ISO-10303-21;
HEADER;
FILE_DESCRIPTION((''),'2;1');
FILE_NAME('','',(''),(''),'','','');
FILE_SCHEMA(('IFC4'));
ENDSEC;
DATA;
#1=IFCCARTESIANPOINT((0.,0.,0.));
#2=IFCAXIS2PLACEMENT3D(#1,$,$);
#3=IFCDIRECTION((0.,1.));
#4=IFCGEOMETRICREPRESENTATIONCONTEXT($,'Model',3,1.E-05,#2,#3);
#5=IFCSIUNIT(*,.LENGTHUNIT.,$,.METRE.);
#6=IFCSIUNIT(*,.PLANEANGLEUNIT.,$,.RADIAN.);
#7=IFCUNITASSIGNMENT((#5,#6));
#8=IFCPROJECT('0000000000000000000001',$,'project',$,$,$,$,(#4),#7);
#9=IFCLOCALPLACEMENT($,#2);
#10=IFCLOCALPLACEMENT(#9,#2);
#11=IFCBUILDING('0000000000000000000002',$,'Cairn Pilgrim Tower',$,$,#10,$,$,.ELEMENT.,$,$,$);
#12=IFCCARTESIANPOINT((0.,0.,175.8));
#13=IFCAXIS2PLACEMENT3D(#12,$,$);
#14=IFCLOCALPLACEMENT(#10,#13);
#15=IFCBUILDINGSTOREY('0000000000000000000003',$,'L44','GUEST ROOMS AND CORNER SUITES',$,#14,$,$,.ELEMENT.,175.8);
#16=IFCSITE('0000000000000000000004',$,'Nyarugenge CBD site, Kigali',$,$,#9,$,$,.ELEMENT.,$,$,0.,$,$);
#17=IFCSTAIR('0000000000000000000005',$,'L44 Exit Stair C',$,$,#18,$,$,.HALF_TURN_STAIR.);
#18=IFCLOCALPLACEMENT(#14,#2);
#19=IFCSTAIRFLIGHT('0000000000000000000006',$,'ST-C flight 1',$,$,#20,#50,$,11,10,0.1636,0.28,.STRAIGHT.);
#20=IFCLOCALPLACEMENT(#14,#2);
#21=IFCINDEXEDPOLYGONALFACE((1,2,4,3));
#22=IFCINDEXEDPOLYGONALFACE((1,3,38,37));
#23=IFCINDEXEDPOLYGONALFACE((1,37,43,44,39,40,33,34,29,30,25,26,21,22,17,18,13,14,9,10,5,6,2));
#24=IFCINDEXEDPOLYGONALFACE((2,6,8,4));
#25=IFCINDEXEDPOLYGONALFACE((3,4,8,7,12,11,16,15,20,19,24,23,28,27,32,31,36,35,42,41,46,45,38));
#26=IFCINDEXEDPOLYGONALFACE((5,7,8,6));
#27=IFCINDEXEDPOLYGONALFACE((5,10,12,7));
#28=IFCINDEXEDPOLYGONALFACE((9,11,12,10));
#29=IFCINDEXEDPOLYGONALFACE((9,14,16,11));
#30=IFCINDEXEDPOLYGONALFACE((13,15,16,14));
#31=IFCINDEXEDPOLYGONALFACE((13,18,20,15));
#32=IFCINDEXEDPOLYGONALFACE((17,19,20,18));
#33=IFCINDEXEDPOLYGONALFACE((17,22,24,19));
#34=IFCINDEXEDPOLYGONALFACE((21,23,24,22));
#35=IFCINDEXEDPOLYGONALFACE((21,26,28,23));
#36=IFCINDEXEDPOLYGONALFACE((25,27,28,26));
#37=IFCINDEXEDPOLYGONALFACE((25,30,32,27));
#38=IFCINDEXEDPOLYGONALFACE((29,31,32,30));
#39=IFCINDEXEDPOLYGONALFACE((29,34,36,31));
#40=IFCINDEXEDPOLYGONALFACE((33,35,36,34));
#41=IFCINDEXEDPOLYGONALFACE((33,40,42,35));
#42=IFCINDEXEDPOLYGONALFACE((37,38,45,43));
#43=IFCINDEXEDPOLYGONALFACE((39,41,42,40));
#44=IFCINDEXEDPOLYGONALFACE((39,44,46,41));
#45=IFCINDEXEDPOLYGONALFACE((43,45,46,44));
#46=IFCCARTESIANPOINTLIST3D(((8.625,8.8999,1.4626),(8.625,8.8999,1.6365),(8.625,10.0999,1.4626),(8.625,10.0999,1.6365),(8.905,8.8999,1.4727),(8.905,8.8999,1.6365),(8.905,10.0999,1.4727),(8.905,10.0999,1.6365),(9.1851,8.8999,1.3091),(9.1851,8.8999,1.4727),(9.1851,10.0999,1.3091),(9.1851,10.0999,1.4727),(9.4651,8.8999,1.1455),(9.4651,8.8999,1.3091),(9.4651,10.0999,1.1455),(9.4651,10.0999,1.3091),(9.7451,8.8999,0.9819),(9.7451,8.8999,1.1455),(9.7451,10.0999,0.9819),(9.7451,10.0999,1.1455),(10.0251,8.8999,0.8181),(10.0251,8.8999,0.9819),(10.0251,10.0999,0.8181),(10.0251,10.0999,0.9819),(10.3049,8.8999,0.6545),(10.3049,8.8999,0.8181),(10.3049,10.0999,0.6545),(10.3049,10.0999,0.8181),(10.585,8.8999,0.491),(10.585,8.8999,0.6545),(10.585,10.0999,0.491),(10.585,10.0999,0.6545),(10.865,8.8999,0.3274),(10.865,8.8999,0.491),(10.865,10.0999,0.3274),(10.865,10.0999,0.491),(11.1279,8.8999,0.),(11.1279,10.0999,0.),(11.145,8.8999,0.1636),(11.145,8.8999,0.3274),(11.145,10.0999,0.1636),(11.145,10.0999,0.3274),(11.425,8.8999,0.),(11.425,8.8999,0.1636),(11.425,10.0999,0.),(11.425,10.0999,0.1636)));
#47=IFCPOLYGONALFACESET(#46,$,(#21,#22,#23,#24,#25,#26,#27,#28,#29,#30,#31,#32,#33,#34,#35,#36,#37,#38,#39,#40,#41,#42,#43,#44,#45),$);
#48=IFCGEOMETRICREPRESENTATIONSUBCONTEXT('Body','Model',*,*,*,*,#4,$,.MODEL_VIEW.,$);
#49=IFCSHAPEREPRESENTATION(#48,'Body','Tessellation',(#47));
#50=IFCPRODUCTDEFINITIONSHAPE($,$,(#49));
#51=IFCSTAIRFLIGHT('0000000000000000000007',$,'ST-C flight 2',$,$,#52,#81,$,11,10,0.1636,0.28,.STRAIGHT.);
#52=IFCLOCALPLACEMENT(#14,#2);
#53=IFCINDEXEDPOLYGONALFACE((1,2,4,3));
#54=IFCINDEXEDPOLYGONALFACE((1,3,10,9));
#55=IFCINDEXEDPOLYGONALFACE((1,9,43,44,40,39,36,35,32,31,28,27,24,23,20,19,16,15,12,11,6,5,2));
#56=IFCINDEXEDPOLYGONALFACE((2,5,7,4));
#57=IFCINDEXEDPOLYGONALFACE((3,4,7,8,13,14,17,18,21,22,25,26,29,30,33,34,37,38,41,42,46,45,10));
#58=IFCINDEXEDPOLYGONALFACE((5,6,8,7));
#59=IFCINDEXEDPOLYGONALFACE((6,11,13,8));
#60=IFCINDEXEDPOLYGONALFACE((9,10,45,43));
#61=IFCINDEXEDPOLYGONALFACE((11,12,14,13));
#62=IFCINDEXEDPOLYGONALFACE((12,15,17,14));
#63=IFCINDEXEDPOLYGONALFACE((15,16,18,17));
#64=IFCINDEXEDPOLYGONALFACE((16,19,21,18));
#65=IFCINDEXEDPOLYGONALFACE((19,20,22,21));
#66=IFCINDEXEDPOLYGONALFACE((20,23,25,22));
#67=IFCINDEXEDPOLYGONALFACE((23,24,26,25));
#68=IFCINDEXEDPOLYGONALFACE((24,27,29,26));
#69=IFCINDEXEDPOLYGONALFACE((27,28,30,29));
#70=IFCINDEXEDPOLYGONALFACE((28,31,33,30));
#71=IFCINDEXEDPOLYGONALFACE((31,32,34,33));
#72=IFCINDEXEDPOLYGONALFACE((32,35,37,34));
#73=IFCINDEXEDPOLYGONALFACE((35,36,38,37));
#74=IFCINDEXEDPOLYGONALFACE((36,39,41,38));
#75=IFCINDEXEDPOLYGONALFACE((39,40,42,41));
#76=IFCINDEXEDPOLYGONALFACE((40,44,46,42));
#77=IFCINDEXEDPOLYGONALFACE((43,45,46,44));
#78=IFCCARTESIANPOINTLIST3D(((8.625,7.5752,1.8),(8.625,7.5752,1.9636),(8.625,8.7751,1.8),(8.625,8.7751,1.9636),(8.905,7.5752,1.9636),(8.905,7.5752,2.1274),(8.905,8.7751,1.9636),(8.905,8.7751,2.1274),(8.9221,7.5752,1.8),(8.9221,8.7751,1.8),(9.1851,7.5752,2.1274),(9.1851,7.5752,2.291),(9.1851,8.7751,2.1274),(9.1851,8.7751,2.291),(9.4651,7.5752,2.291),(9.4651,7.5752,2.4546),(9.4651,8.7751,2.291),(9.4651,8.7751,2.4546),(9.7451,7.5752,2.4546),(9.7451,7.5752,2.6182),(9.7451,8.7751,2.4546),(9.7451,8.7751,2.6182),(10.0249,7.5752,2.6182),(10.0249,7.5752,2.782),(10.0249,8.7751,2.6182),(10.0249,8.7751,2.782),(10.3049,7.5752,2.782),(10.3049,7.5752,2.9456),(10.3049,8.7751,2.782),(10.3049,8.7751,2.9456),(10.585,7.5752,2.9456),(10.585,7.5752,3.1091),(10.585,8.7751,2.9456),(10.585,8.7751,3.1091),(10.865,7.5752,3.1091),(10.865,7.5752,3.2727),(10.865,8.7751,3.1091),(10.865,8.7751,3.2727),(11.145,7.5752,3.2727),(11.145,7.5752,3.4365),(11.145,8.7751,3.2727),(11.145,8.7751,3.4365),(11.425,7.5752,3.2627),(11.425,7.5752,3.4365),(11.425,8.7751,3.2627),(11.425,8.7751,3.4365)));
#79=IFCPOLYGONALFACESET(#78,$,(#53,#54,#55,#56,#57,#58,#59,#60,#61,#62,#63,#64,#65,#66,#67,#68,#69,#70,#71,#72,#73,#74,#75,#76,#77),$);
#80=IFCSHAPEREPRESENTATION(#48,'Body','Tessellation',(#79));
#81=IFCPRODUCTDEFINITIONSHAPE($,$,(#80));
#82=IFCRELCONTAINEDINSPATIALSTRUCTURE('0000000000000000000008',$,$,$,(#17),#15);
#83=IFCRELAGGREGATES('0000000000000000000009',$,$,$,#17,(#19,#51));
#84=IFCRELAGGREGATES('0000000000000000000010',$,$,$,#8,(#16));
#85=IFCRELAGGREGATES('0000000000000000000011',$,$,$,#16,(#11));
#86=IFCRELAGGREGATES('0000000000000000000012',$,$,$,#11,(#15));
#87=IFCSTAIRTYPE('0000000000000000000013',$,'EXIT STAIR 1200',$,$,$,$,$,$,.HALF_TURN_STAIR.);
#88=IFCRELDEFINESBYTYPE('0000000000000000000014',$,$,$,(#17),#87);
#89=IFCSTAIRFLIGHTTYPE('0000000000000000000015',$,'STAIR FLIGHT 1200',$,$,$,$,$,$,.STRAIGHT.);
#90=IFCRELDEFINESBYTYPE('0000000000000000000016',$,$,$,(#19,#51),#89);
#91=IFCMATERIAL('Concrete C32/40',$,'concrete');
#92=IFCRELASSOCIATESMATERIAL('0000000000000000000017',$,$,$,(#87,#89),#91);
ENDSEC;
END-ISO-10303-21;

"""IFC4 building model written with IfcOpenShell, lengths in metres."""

from ifc_helpers import new_model, si_unit, direction, frame, origin, place, context, subcontext, project, spatial, polyline, outline, extrude, material, type_object, element, aggregate, save


model = new_model("IFC4")

# Units and contexts
model_context = context("Model", 3, precision=1e-05, world=origin(), true_north=direction((0.0, 1.0)))
body_context = subcontext(model_context, "Body", "Model", "MODEL_VIEW")
ifc_project = project(units=[si_unit("LENGTHUNIT", "METRE"), si_unit("PLANEANGLEUNIT", "RADIAN")], contexts=[model_context])

# Site, building, storey
site_placement = place(None, origin())
site = spatial("IfcSite", under=ifc_project, at=site_placement, Name="Nyarugenge CBD site, Kigali", CompositionType="ELEMENT", RefElevation=0.0)
building_placement = place(site_placement, origin())
building = spatial("IfcBuilding", under=site, at=building_placement, Name="Cairn Pilgrim Tower", CompositionType="ELEMENT")
storey_placement = place(building_placement, frame((0.0, 0.0, 175.8)))
storey = spatial("IfcBuildingStorey", under=building, at=storey_placement, Name="L44", Description="GUEST ROOMS AND CORNER SUITES", CompositionType="ELEMENT", Elevation=175.8)

# Shared definitions
ifc_material_1 = material(Name="Concrete C32/40", Category="concrete")

# Stair, stair flights
stair_type = type_object("IfcStairType", Name="EXIT STAIR 1200", PredefinedType="HALF_TURN_STAIR", material=ifc_material_1)
stair_placement = place(storey_placement, origin())
stair = element("IfcStair", 1, at=stair_placement, inside=storey, type_object=stair_type, Name="L44 Exit Stair C", PredefinedType="HALF_TURN_STAIR")
stair_flight_type = type_object("IfcStairFlightType", Name="STAIR FLIGHT 1200", PredefinedType="STRAIGHT", material=ifc_material_1)
stair_flight_1_placement = place(storey_placement, frame((11.425, 9.5, 0.0), z_axis=(0.0, 0.0, 1.0), x_axis=(-1.0, 0.0, 0.0)))
stair_flight_1 = element("IfcStairFlight", 2, at=stair_flight_1_placement, type_object=stair_flight_type, Name="ST-C flight 1", NumberOfRisers=11, NumberOfTreads=10, PredefinedType="STRAIGHT", RiserHeight=0.1636, TreadLength=0.28, context=body_context, shape_type="SweptSolid", body=[
    extrude(outline(polyline([(0.0, 0.0), (0.0, 0.1636), (0.28, 0.1636), (0.28, 0.3274), (0.5601, 0.3274), (0.5601, 0.491), (0.8401, 0.491), (0.8401, 0.6545), (1.1201, 0.6545), (1.1201, 0.8181), (1.3999, 0.8181), (1.3999, 0.9819), (1.6799, 0.9819), (1.6799, 1.1455), (1.96, 1.1455), (1.96, 1.3091), (2.24, 1.3091), (2.24, 1.4727), (2.52, 1.4727), (2.52, 1.6365), (2.8, 1.6365), (2.8, 1.8), (2.8, 1.4626), (0.2971, 0.0), (0.0, 0.0)])), frame((0.0, 0.6001, 0.0), z_axis=(0.0, -1.0, 0.0), x_axis=(1.0, 0.0, 0.0)), (0.0, 0.0, 1.0), 1.2),
])
stair_flight_2_placement = place(storey_placement, frame((8.625, 8.175, 1.8), z_axis=(0.0, 0.0, 1.0), x_axis=(1.0, 0.0, 0.0)))
stair_flight_2 = element("IfcStairFlight", 3, at=stair_flight_2_placement, type_object=stair_flight_type, Name="ST-C flight 2", NumberOfRisers=11, NumberOfTreads=10, PredefinedType="STRAIGHT", RiserHeight=0.1636, TreadLength=0.28, context=body_context, shape_type="SweptSolid", body=[
    extrude(outline(polyline([(0.0, 0.0), (0.0, 0.1636), (0.28, 0.1636), (0.28, 0.3274), (0.5601, 0.3274), (0.5601, 0.491), (0.8401, 0.491), (0.8401, 0.6545), (1.1201, 0.6545), (1.1201, 0.8181), (1.3999, 0.8181), (1.3999, 0.9819), (1.6799, 0.9819), (1.6799, 1.1455), (1.96, 1.1455), (1.96, 1.3091), (2.24, 1.3091), (2.24, 1.4727), (2.52, 1.4727), (2.52, 1.6365), (2.8, 1.6365), (2.8, 1.8), (2.8, 1.4626), (0.2971, 0.0), (0.0, 0.0)])), frame((0.0, 0.6001, 0.0), z_axis=(0.0, -1.0, 0.0), x_axis=(1.0, 0.0, 0.0)), (0.0, 0.0, 1.0), 1.2),
])
aggregate(stair, [stair_flight_1, stair_flight_2])

save(model, "model.ifc")
